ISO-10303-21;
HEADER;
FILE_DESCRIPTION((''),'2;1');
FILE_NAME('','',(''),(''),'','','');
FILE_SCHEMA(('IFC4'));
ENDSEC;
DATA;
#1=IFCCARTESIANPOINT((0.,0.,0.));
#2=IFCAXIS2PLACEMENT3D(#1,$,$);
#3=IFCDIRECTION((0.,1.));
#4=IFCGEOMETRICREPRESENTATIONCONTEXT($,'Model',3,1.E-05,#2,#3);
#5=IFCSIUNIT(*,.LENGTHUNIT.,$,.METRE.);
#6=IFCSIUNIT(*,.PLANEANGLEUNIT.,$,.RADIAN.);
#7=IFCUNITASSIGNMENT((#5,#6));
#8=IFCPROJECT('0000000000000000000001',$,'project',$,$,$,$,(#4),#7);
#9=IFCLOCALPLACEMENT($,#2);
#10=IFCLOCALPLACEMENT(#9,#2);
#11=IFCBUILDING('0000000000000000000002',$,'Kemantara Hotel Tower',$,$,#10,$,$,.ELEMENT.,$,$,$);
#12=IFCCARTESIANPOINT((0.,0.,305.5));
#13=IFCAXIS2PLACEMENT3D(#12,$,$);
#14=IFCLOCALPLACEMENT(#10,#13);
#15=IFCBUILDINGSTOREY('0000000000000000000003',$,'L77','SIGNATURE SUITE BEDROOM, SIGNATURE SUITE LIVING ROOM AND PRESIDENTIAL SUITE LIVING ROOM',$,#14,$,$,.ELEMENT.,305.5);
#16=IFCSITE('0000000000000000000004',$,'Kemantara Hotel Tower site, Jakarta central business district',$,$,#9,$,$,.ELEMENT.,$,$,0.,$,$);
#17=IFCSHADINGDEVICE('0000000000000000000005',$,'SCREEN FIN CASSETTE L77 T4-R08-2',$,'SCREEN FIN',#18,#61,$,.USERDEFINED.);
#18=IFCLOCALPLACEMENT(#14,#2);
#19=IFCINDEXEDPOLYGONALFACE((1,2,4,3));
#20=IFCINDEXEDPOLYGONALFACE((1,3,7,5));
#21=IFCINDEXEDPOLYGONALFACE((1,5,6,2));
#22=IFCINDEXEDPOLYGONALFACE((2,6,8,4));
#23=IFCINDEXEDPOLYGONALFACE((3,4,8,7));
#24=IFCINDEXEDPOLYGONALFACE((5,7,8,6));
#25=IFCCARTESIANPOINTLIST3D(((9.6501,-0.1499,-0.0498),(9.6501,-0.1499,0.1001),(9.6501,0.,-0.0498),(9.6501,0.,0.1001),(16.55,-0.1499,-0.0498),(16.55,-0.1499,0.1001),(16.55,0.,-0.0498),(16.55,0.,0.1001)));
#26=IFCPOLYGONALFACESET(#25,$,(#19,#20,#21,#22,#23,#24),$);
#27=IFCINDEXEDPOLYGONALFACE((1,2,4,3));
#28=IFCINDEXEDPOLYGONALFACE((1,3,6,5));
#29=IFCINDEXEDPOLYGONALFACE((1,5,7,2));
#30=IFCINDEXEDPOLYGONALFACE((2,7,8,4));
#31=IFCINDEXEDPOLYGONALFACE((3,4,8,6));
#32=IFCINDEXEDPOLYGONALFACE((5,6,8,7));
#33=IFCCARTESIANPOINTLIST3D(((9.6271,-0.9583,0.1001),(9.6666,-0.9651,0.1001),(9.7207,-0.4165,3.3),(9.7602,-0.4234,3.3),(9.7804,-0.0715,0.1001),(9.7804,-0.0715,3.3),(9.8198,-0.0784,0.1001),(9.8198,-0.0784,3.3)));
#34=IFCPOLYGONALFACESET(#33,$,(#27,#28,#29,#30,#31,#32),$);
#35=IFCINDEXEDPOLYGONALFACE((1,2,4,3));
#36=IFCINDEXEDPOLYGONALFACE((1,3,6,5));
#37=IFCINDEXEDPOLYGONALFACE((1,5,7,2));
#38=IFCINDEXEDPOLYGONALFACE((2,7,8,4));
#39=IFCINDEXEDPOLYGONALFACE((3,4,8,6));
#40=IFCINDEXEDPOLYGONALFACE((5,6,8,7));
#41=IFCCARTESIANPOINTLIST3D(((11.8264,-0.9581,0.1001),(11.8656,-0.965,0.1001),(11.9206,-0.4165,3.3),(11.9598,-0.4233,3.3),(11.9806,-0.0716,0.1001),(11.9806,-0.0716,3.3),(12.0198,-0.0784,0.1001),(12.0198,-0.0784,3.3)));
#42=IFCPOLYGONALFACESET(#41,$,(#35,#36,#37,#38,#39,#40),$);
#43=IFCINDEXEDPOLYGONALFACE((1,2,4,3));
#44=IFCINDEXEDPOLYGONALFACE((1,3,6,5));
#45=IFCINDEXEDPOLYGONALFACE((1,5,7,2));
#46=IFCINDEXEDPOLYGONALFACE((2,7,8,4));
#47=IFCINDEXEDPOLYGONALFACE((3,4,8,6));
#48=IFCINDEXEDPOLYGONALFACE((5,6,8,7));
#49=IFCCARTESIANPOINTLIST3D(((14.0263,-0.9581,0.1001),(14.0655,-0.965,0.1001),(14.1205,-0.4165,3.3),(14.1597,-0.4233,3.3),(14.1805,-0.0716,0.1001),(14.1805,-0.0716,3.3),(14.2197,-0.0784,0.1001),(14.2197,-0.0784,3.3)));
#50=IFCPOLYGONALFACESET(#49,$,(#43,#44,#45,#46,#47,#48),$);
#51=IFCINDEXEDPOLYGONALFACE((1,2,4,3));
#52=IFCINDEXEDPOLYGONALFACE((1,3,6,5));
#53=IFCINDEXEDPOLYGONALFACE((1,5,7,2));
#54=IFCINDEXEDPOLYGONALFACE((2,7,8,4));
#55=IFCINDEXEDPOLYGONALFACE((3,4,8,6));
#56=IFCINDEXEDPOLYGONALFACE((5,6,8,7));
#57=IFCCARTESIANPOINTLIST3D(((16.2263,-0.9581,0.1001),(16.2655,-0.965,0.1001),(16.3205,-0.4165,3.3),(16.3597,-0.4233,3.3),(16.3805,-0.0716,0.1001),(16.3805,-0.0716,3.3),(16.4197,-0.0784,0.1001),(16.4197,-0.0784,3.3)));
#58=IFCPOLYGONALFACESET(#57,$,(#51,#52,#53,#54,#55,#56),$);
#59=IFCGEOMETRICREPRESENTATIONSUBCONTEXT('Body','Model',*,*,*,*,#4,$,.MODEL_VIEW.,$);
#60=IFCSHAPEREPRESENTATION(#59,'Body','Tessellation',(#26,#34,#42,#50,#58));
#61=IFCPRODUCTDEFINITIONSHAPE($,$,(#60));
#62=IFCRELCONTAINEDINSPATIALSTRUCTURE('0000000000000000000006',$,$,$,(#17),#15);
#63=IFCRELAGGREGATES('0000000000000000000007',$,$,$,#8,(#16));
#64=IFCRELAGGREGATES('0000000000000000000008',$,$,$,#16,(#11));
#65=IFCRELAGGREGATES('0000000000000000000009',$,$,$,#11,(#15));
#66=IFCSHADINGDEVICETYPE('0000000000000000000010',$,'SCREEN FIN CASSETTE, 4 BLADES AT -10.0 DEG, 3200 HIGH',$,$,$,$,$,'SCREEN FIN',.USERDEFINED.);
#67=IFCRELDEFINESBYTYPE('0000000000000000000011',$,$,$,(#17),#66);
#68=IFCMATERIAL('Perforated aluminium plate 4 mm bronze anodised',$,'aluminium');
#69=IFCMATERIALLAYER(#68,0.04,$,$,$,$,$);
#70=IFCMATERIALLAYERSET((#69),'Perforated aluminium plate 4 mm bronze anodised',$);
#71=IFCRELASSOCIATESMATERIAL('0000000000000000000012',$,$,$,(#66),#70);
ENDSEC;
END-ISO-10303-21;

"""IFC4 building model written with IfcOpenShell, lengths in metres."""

from ifc_helpers import new_model, si_unit, direction, frame, origin, origin_2d, place, context, subcontext, project, spatial, polyline, rectangle, outline, extrude, source, transform, mapped, material, layer, layer_set, type_object, element, save


model = new_model("IFC4")

# Units and contexts
model_context = context("Model", 3, precision=1e-05, world=origin(), true_north=direction((0.0, 1.0)))
body_context = subcontext(model_context, "Body", "Model", "MODEL_VIEW")
ifc_project = project(units=[si_unit("LENGTHUNIT", "METRE"), si_unit("PLANEANGLEUNIT", "RADIAN")], contexts=[model_context])

# Site, building, storey
site_placement = place(None, origin())
site = spatial("IfcSite", under=ifc_project, at=site_placement, Name="Kemantara Hotel Tower site, Jakarta central business district", CompositionType="ELEMENT", RefElevation=0.0)
building_placement = place(site_placement, origin())
building = spatial("IfcBuilding", under=site, at=building_placement, Name="Kemantara Hotel Tower", CompositionType="ELEMENT")
storey_placement = place(building_placement, frame((0.0, 0.0, 305.5)))
storey = spatial("IfcBuildingStorey", under=building, at=storey_placement, Name="L77", Description="SIGNATURE SUITE BEDROOM, SIGNATURE SUITE LIVING ROOM AND PRESIDENTIAL SUITE LIVING ROOM", CompositionType="ELEMENT", Elevation=305.5)

# Shading device
ifc_material_1 = material(Name="Perforated aluminium plate 4 mm bronze anodised", Category="aluminium")
ifc_layer_1 = layer(ifc_material_1, 0.04)
ifc_layer_set_1 = layer_set([ifc_layer_1], Name="Perforated aluminium plate 4 mm bronze anodised")
shading_device_type_1 = type_object("IfcShadingDeviceType", Name="SCREEN FIN CASSETTE, 4 BLADES AT -10.0 DEG, 3200 HIGH", ElementType="SCREEN FIN", PredefinedType="USERDEFINED", material=ifc_layer_set_1)
shared_shape_1 = source(origin(), body_context, "Body", "SweptSolid", [
    extrude(rectangle(XDim=6.8999, YDim=0.1499, at=origin_2d()), frame((3.3, -0.075, -0.1499), z_axis=(0.0, 0.0, 1.0), x_axis=(1.0, 0.0, 0.0)), (0.0, 0.0, 1.0), 0.1499),
    extrude(outline(polyline([(0.0, 0.0), (0.8999, 0.0), (0.3501, 3.2), (0.0, 3.2), (0.0, 0.0)])), frame((0.0198, -0.0784, 0.0), z_axis=(-0.98539, 0.170314, 0.0), x_axis=(-0.170314, -0.98539, 0.0)), (0.0, 0.0, 1.0), 0.04),
    extrude(outline(polyline([(0.0, 0.0), (0.8999, 0.0), (0.3501, 3.2), (0.0, 3.2), (0.0, 0.0)])), frame((2.2197, -0.0784, 0.0), z_axis=(-0.985212, 0.171341, 0.0), x_axis=(-0.171341, -0.985212, 0.0)), (0.0, 0.0, 1.0), 0.0398),
    extrude(outline(polyline([(0.0, 0.0), (0.8999, 0.0), (0.3501, 3.2), (0.0, 3.2), (0.0, 0.0)])), frame((4.4197, -0.0784, 0.0), z_axis=(-0.985212, 0.171341, 0.0), x_axis=(-0.171341, -0.985212, 0.0)), (0.0, 0.0, 1.0), 0.0398),
    extrude(outline(polyline([(0.0, 0.0), (0.8999, 0.0), (0.3501, 3.2), (0.0, 3.2), (0.0, 0.0)])), frame((6.6196, -0.0784, 0.0), z_axis=(-0.985212, 0.171341, 0.0), x_axis=(-0.171341, -0.985212, 0.0)), (0.0, 0.0, 1.0), 0.0398),
])
shading_device_1_placement = place(storey_placement, frame((9.8, 0.0, 0.1001), z_axis=(0.0, 0.0, 1.0), x_axis=(1.0, 0.0, 0.0)))
element("IfcShadingDevice", 1, at=shading_device_1_placement, inside=storey, type_object=shading_device_type_1, Name="SCREEN FIN CASSETTE L77 T4-R08-2", ObjectType="SCREEN FIN", PredefinedType="USERDEFINED", context=body_context, shape_type="MappedRepresentation", body=[
    mapped(shared_shape_1, transform((0.0, 0.0, 0.0))),
])

save(model, "model.ifc")
